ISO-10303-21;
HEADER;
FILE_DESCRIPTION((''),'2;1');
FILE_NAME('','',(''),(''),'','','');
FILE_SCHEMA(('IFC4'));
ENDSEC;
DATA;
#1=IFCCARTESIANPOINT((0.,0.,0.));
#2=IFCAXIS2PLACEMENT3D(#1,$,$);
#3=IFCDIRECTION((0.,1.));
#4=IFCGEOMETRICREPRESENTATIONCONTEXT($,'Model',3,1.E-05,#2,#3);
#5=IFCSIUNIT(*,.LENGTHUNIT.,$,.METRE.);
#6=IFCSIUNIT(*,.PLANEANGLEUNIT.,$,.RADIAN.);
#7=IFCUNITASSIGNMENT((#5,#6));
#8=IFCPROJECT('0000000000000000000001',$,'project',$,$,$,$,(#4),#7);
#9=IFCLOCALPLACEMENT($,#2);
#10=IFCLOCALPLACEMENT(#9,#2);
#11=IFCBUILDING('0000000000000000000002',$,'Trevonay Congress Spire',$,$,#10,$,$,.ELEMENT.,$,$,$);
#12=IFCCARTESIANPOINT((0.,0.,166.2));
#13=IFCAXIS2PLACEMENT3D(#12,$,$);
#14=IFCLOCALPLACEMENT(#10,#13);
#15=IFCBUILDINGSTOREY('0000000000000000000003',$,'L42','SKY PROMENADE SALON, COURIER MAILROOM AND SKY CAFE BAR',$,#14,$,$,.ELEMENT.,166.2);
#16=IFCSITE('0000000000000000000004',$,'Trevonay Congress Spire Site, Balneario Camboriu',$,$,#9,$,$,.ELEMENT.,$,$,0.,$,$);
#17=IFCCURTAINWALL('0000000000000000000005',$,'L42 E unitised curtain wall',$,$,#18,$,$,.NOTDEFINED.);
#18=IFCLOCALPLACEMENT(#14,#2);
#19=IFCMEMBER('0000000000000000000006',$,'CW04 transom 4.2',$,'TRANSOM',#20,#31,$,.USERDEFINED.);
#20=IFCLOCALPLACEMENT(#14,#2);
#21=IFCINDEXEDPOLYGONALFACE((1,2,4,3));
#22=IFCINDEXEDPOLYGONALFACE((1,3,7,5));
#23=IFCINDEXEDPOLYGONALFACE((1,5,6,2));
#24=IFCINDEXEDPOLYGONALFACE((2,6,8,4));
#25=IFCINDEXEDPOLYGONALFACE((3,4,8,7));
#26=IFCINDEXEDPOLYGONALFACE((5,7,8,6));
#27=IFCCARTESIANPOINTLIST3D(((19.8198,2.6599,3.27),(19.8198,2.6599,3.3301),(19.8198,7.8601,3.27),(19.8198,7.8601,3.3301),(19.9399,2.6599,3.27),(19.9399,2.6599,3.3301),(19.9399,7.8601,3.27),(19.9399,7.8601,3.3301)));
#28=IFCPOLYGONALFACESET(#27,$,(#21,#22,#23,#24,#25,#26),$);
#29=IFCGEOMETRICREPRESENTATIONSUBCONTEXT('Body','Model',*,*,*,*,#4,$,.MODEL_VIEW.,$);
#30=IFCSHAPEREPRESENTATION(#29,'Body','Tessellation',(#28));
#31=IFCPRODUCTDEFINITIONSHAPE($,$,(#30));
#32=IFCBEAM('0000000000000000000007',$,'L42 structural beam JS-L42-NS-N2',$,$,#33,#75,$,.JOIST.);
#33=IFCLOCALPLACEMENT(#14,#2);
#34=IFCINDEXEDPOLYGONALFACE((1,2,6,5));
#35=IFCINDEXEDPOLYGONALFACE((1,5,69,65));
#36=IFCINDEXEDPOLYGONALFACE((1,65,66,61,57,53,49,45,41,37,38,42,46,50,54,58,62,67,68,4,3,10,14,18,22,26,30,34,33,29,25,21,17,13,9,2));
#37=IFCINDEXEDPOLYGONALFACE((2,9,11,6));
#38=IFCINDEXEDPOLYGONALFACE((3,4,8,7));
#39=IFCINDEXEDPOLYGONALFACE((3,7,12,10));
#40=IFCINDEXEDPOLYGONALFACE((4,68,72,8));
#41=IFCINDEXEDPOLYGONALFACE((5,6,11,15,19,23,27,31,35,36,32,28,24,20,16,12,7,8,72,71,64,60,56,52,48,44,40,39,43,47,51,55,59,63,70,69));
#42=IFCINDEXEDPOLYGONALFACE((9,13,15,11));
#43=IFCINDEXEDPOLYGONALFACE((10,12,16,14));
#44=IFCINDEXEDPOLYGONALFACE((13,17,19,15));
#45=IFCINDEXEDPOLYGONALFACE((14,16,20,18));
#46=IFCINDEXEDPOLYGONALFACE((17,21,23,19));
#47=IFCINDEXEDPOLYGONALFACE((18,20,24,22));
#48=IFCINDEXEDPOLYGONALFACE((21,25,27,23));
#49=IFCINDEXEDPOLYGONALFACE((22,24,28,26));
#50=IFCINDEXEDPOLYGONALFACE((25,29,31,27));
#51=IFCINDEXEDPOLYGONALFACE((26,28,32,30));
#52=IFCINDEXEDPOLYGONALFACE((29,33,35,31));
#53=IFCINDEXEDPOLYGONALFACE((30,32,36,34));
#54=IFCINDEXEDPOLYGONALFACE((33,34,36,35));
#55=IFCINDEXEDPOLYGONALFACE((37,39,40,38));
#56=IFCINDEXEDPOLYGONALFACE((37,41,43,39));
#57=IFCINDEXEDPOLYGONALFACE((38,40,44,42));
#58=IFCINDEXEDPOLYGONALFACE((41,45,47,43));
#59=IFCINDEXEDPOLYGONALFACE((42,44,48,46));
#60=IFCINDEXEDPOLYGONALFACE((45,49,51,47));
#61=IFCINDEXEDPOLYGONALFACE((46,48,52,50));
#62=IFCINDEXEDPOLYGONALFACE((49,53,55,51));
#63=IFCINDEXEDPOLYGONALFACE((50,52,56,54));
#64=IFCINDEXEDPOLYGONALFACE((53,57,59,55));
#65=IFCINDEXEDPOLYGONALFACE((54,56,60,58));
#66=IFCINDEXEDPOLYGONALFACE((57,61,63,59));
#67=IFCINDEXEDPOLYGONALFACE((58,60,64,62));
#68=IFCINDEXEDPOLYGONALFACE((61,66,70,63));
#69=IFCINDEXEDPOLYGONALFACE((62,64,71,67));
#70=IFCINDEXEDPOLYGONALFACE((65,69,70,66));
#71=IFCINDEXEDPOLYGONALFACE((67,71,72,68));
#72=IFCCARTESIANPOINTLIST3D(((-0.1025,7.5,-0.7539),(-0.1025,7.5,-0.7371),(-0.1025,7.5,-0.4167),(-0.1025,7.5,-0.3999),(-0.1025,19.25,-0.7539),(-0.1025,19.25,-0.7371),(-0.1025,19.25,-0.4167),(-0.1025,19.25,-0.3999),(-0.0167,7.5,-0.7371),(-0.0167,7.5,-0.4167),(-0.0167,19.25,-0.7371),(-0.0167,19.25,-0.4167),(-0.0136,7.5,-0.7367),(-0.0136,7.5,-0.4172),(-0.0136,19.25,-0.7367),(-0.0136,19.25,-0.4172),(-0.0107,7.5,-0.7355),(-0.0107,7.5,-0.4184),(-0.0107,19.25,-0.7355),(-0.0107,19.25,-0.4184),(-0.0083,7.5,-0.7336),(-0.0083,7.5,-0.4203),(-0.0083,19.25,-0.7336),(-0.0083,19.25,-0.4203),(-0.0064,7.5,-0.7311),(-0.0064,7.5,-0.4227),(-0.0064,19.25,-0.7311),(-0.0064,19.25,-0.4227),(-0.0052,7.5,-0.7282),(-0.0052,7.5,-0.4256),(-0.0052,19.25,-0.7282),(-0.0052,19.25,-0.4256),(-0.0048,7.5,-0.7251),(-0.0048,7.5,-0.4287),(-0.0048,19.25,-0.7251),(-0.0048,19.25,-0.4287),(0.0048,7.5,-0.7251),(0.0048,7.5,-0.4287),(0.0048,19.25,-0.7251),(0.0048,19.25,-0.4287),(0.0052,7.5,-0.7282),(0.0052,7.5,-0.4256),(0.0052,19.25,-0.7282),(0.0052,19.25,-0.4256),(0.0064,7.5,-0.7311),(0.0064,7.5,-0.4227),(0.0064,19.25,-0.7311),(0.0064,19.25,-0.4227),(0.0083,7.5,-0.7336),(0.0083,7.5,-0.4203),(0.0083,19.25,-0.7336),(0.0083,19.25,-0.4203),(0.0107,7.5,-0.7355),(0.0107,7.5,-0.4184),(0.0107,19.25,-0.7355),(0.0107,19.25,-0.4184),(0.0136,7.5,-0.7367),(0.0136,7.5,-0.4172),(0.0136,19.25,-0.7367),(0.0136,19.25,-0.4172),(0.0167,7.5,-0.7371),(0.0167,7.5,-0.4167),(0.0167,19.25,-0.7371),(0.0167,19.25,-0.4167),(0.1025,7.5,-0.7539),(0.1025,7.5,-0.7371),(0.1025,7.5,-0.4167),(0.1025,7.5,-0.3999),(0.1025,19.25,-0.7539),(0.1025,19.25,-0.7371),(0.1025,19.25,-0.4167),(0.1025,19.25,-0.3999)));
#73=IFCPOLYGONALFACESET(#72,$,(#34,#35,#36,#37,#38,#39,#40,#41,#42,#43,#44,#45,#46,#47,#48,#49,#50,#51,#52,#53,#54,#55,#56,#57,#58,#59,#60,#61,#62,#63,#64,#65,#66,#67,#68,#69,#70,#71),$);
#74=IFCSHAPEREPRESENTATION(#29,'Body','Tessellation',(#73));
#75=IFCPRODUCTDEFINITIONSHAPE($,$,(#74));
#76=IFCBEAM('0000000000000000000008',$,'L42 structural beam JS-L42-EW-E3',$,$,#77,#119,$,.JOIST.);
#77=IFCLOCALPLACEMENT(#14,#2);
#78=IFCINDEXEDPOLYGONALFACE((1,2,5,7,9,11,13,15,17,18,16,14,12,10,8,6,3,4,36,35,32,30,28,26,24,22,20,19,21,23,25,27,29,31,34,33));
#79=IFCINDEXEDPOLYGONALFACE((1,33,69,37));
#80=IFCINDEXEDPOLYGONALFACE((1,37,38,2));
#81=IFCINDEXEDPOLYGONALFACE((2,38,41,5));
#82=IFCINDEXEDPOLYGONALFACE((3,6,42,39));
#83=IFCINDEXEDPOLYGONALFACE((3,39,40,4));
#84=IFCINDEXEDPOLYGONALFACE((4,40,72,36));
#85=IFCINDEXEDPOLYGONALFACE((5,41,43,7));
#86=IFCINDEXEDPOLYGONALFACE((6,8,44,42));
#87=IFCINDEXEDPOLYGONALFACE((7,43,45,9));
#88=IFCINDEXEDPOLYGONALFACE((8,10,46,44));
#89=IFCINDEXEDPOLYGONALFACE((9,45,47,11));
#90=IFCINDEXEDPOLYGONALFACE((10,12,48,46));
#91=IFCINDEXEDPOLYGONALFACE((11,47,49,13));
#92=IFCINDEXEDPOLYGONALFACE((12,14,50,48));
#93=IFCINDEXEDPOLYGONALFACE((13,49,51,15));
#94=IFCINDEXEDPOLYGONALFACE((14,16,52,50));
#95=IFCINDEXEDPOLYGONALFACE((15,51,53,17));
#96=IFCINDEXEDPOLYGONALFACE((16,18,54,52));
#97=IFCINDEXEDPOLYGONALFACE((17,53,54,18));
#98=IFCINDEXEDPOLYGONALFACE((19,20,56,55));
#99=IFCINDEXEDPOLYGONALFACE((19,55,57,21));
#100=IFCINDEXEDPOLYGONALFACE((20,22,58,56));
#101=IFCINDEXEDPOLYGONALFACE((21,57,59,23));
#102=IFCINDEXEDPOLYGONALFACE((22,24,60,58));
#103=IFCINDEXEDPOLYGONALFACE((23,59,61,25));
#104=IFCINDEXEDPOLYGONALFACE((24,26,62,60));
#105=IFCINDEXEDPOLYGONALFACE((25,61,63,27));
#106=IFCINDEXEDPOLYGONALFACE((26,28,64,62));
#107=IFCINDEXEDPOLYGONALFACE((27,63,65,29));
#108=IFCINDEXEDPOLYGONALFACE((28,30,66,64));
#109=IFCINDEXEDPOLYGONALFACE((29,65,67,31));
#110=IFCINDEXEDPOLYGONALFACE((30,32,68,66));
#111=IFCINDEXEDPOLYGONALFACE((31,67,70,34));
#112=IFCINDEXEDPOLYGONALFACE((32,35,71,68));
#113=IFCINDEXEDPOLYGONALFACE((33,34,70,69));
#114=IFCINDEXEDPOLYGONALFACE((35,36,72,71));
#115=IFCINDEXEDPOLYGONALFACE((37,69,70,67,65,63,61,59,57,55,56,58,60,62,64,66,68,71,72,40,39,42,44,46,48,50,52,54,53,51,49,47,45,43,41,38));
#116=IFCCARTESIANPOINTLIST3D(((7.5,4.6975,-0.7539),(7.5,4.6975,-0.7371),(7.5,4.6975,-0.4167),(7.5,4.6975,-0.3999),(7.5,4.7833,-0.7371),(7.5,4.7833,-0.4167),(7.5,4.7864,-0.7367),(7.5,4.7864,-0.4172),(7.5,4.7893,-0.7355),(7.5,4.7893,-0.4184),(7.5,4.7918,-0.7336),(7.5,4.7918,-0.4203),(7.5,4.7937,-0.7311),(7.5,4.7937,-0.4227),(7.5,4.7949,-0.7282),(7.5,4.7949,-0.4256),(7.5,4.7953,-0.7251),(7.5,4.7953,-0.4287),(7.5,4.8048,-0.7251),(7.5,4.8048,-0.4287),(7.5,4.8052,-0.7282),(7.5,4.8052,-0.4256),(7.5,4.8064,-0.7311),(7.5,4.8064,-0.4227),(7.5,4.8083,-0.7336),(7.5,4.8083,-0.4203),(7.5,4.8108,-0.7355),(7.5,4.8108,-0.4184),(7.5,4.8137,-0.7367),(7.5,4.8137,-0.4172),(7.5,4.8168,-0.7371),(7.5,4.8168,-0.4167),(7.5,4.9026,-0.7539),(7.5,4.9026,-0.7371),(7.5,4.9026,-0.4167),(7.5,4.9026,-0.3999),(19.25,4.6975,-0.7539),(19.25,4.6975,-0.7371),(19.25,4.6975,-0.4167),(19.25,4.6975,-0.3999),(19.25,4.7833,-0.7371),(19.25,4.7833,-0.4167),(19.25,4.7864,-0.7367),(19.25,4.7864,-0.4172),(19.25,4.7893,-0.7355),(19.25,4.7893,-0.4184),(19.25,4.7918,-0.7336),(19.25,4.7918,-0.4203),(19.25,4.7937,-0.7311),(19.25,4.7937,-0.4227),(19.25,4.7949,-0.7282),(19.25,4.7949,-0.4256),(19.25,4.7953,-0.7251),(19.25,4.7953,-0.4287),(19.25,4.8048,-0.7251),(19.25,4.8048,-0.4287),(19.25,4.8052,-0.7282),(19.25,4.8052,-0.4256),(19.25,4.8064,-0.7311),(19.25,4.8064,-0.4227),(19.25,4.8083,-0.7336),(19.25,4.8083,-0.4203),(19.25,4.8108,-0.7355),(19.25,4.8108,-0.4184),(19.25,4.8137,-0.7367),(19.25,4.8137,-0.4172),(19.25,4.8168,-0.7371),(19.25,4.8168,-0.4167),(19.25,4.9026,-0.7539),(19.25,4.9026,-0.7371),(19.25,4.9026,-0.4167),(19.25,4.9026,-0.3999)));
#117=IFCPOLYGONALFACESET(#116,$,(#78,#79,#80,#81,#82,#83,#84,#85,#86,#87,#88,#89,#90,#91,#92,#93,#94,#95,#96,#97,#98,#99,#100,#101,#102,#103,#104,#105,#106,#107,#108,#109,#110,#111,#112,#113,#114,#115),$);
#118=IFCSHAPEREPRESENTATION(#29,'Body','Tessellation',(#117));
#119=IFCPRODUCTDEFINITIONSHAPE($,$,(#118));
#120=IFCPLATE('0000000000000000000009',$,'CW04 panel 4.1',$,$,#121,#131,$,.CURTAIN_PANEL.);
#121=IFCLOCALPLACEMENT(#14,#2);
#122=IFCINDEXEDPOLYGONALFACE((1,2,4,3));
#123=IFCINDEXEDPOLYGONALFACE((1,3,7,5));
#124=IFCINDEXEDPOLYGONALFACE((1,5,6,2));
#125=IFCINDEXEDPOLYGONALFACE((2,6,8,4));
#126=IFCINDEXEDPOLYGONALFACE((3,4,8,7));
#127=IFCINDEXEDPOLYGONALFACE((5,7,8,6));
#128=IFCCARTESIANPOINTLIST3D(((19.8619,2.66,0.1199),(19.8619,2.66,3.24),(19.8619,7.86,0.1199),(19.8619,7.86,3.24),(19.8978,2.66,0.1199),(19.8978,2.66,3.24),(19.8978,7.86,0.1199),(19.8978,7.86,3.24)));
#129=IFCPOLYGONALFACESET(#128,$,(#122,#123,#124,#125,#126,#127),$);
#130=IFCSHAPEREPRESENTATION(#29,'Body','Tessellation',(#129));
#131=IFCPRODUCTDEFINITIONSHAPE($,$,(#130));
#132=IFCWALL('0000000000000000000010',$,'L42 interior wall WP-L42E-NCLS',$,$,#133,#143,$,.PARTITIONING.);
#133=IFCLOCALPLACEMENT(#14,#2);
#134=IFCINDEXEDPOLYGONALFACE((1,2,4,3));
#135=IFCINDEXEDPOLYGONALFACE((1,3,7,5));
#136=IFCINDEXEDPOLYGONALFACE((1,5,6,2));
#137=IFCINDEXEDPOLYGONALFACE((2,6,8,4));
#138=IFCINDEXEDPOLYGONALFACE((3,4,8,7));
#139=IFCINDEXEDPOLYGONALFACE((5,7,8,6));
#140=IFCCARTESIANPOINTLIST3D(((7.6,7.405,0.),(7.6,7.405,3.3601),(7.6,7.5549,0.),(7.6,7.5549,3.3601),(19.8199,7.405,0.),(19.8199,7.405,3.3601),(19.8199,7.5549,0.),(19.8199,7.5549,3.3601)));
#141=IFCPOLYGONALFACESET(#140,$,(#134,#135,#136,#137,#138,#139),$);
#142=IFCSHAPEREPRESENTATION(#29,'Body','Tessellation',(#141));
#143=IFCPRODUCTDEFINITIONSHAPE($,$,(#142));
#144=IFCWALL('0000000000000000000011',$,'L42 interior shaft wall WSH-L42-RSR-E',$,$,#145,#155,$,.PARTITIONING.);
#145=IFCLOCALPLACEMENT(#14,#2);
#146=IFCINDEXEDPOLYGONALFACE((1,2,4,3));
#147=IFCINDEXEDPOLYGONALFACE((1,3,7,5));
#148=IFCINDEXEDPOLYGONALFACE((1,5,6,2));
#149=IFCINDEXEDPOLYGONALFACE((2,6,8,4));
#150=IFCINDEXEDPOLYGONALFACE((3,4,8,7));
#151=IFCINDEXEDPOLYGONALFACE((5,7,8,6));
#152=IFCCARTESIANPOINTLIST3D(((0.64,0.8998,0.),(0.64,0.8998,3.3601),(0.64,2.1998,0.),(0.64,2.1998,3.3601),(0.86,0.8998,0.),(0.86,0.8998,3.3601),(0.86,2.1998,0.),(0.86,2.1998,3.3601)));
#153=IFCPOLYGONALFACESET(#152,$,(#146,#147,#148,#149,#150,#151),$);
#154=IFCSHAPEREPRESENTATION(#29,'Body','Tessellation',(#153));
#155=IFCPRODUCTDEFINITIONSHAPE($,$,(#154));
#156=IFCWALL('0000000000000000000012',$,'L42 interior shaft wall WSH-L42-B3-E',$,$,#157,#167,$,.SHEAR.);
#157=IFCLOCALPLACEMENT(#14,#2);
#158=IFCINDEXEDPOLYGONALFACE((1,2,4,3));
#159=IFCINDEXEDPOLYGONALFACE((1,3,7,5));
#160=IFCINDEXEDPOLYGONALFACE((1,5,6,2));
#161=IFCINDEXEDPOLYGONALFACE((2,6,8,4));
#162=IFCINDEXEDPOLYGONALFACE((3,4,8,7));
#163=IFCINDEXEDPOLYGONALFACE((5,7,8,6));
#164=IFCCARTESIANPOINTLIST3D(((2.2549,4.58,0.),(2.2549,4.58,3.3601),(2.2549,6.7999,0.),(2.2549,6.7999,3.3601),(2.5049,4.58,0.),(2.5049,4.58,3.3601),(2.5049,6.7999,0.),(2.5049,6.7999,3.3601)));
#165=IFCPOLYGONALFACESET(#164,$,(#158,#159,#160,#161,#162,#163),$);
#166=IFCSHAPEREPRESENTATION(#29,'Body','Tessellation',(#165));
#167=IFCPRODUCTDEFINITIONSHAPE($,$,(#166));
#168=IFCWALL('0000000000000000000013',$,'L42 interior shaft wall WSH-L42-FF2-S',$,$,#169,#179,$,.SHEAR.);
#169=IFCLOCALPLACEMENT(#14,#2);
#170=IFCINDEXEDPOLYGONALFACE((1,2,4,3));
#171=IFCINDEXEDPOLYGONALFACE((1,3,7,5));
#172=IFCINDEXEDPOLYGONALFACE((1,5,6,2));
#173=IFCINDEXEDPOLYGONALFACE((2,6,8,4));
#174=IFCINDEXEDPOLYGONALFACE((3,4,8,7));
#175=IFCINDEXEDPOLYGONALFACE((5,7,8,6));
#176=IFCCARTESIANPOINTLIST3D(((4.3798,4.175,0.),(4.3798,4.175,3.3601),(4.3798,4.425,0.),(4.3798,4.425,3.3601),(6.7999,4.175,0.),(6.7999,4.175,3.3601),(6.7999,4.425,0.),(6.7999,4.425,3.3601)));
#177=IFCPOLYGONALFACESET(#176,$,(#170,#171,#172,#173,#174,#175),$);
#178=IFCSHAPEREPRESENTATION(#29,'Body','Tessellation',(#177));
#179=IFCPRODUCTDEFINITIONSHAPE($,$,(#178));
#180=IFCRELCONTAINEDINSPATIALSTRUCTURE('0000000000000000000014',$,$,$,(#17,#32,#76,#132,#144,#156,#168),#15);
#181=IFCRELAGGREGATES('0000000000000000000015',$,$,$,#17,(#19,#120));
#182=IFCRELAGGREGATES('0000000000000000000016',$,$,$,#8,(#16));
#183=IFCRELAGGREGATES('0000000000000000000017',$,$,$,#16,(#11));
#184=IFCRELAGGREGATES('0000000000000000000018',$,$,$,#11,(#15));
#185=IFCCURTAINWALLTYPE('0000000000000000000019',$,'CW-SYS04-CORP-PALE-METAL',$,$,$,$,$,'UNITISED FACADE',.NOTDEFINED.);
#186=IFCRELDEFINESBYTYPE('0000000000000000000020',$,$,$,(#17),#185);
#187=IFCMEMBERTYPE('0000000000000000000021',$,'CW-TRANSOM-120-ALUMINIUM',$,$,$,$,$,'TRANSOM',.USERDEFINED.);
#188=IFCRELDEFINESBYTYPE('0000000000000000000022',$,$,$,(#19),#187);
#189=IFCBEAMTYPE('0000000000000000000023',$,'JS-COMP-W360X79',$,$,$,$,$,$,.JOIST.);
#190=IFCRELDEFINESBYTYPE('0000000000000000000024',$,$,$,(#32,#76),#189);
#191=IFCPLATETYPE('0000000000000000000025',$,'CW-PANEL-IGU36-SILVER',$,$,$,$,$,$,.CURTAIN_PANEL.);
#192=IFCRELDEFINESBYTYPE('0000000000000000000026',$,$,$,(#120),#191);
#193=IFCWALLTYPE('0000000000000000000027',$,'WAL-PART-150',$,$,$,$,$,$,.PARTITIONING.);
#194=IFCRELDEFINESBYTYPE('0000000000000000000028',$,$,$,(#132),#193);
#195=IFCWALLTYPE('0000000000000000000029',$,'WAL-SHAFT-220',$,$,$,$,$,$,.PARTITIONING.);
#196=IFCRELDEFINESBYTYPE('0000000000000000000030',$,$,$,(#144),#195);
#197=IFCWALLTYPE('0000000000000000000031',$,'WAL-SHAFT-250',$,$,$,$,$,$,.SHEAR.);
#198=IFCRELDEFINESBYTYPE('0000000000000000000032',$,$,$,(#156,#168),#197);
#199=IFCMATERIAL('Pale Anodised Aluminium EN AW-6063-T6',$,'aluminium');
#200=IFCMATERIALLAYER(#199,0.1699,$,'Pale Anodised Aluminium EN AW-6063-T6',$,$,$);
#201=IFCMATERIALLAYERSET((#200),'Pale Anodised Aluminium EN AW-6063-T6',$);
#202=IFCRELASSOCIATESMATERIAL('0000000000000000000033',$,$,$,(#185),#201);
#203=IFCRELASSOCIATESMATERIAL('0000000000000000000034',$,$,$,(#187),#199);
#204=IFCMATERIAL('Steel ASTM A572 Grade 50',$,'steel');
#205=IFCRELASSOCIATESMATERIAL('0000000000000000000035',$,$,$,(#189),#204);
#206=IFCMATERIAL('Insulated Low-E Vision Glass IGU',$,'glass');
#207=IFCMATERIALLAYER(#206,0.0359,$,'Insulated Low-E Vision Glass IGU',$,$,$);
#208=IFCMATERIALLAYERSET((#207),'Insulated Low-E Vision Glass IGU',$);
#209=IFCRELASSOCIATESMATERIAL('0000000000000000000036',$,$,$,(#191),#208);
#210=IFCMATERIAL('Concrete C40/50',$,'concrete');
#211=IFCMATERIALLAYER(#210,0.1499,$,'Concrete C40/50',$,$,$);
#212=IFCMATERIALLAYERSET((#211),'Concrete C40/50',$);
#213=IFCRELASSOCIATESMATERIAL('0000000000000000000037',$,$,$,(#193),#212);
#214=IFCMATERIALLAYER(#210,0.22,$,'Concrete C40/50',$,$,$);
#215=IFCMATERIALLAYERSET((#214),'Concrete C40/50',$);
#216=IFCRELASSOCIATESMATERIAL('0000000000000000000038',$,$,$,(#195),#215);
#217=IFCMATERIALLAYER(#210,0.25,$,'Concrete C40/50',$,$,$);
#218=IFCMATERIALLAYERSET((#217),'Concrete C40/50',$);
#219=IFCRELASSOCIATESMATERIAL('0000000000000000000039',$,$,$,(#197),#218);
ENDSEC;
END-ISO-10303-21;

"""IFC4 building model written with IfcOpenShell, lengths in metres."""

from ifc_helpers import new_model, si_unit, direction, frame, frame_2d, origin, origin_2d, place, context, subcontext, project, spatial, rectangle, i_section, extrude, material, layer, layer_set, material_profile, profile_set, type_object, element, aggregate, save


model = new_model("IFC4")

# Units and contexts
model_context = context("Model", 3, precision=1e-05, world=origin(), true_north=direction((0.0, 1.0)))
body_context = subcontext(model_context, "Body", "Model", "MODEL_VIEW")
ifc_project = project(units=[si_unit("LENGTHUNIT", "METRE"), si_unit("PLANEANGLEUNIT", "RADIAN")], contexts=[model_context])

# Site, building, storey
site_placement = place(None, origin())
site = spatial("IfcSite", under=ifc_project, at=site_placement, Name="Trevonay Congress Spire Site, Balneario Camboriu", CompositionType="ELEMENT", RefElevation=0.0)
building_placement = place(site_placement, origin())
building = spatial("IfcBuilding", under=site, at=building_placement, Name="Trevonay Congress Spire", CompositionType="ELEMENT")
storey_placement = place(building_placement, frame((0.0, 0.0, 166.2)))
storey = spatial("IfcBuildingStorey", under=building, at=storey_placement, Name="L42", Description="SKY PROMENADE SALON, COURIER MAILROOM AND SKY CAFE BAR", CompositionType="ELEMENT", Elevation=166.2)

# Shared definitions
ifc_material_1 = material(Name="Steel ASTM A572 Grade 50", Category="steel")

# Curtain wall, member
ifc_material_2 = material(Name="Pale Anodised Aluminium EN AW-6063-T6", Category="aluminium")
ifc_layer_1 = layer(ifc_material_2, 0.1699, Name="Pale Anodised Aluminium EN AW-6063-T6")
ifc_layer_set_1 = layer_set([ifc_layer_1], Name="Pale Anodised Aluminium EN AW-6063-T6")
curtain_wall_type = type_object("IfcCurtainWallType", Name="CW-SYS04-CORP-PALE-METAL", ElementType="UNITISED FACADE", PredefinedType="NOTDEFINED", material=ifc_layer_set_1)
curtain_wall_placement = place(storey_placement, origin())
curtain_wall = element("IfcCurtainWall", 1, at=curtain_wall_placement, inside=storey, type_object=curtain_wall_type, Name="L42 E unitised curtain wall", PredefinedType="NOTDEFINED")
ifc_material_profile_1 = material_profile(ifc_material_2, rectangle(XDim=0.1201, YDim=0.0601, at=origin_2d()), Name="CW-TRANSOM-120-ALUMINIUM")
ifc_profile_set_1 = profile_set([ifc_material_profile_1], Name="Pale Anodised Aluminium EN AW-6063-T6")
member_type_1 = type_object("IfcMemberType", Name="CW-TRANSOM-120-ALUMINIUM", ElementType="TRANSOM", PredefinedType="USERDEFINED", material=ifc_profile_set_1)
member_1_placement = place(storey_placement, frame((19.8799, 2.6599, 3.3), z_axis=(0.0, 1.0, 0.0), x_axis=(-1.0, 0.0, 0.0)))
member_1 = element("IfcMember", 2, at=member_1_placement, type_object=member_type_1, Name="CW04 transom 4.2", ObjectType="TRANSOM", PredefinedType="USERDEFINED", context=body_context, shape_type="SweptSolid", body=[
    extrude(rectangle(XDim=0.1201, YDim=0.0601, at=origin_2d()), origin(), (0.0, 0.0, 1.0), 5.2002),
])

# Beams
ifc_material_profile_2 = material_profile(ifc_material_1, i_section(OverallWidth=0.2051, OverallDepth=0.354, WebThickness=0.0095, FlangeThickness=0.0168, FilletRadius=0.012, at=origin_2d()), Name="W360x79")
ifc_profile_set_2 = profile_set([ifc_material_profile_2], Name="Steel ASTM A572 Grade 50")
beam_type_1 = type_object("IfcBeamType", Name="JS-COMP-W360X79", PredefinedType="JOIST", material=ifc_profile_set_2)
for number, where, z_axis, x_axis, name in (
    (3, (0.0, 7.5, -0.5769), (0.0, 1.0, 0.0), (-1.0, 0.0, 0.0), "L42 structural beam JS-L42-NS-N2"),
    (4, (7.5, 4.8, -0.5769), (1.0, 0.0, 0.0), (0.0, 1.0, 0.0), "L42 structural beam JS-L42-EW-E3"),
):
    element("IfcBeam", number, at=place(storey_placement, frame(where, z_axis=z_axis, x_axis=x_axis)), inside=storey, type_object=beam_type_1, Name=name, PredefinedType="JOIST", context=body_context, shape_type="SweptSolid", body=[
        extrude(i_section(OverallWidth=0.2051, OverallDepth=0.354, WebThickness=0.0095, FlangeThickness=0.0168, FilletRadius=0.012, at=origin_2d()), origin(), (0.0, 0.0, 1.0), 11.75),
    ])

# Plate
ifc_material_3 = material(Name="Insulated Low-E Vision Glass IGU", Category="glass")
ifc_layer_2 = layer(ifc_material_3, 0.0359, Name="Insulated Low-E Vision Glass IGU")
ifc_layer_set_2 = layer_set([ifc_layer_2], Name="Insulated Low-E Vision Glass IGU")
plate_type = type_object("IfcPlateType", Name="CW-PANEL-IGU36-SILVER", PredefinedType="CURTAIN_PANEL", material=ifc_layer_set_2)
plate_placement = place(storey_placement, frame((19.8799, 5.26, 0.1199), z_axis=(0.0, 0.0, 1.0), x_axis=(0.0, 1.0, 0.0)))
plate = element("IfcPlate", 5, at=plate_placement, type_object=plate_type, Name="CW04 panel 4.1", PredefinedType="CURTAIN_PANEL", context=body_context, shape_type="SweptSolid", body=[
    extrude(rectangle(XDim=5.2, YDim=0.0359, at=origin_2d()), origin(), (0.0, 0.0, 1.0), 3.1201),
])
aggregate(curtain_wall, [member_1, plate])

# Walls
ifc_material_4 = material(Name="Concrete C40/50", Category="concrete")
ifc_layer_3 = layer(ifc_material_4, 0.1499, Name="Concrete C40/50")
ifc_layer_set_3 = layer_set([ifc_layer_3], Name="Concrete C40/50")
wall_type_1 = type_object("IfcWallType", Name="WAL-PART-150", PredefinedType="PARTITIONING", material=ifc_layer_set_3)
wall_1_placement = place(storey_placement, frame((7.6001, 7.48, 0.0), z_axis=(0.0, 0.0, 1.0), x_axis=(1.0, 0.0, 0.0)))
element("IfcWall", 6, at=wall_1_placement, inside=storey, type_object=wall_type_1, Name="L42 interior wall WP-L42E-NCLS", PredefinedType="PARTITIONING", context=body_context, shape_type="SweptSolid", body=[
    extrude(rectangle(XDim=12.22, YDim=0.1499, at=frame_2d((6.1099, 0.0))), origin(), (0.0, 0.0, 1.0), 3.3601),
])
ifc_layer_4 = layer(ifc_material_4, 0.22, Name="Concrete C40/50")
ifc_layer_set_4 = layer_set([ifc_layer_4], Name="Concrete C40/50")
wall_type_2 = type_object("IfcWallType", Name="WAL-SHAFT-220", PredefinedType="PARTITIONING", material=ifc_layer_set_4)
wall_2_placement = place(storey_placement, frame((0.75, 0.8999, 0.0), z_axis=(0.0, 0.0, 1.0), x_axis=(0.0, 1.0, 0.0)))
element("IfcWall", 7, at=wall_2_placement, inside=storey, type_object=wall_type_2, Name="L42 interior shaft wall WSH-L42-RSR-E", PredefinedType="PARTITIONING", context=body_context, shape_type="SweptSolid", body=[
    extrude(rectangle(XDim=1.3, YDim=0.22, at=frame_2d((0.6499, 0.0))), origin(), (0.0, 0.0, 1.0), 3.3601),
])
ifc_layer_5 = layer(ifc_material_4, 0.25, Name="Concrete C40/50")
ifc_layer_set_5 = layer_set([ifc_layer_5], Name="Concrete C40/50")
wall_type_3 = type_object("IfcWallType", Name="WAL-SHAFT-250", PredefinedType="SHEAR", material=ifc_layer_set_5)
wall_3_placement = place(storey_placement, frame((2.3799, 4.5801, 0.0), z_axis=(0.0, 0.0, 1.0), x_axis=(0.0, 1.0, 0.0)))
element("IfcWall", 8, at=wall_3_placement, inside=storey, type_object=wall_type_3, Name="L42 interior shaft wall WSH-L42-B3-E", PredefinedType="SHEAR", context=body_context, shape_type="SweptSolid", body=[
    extrude(rectangle(XDim=2.22, YDim=0.25, at=frame_2d((1.1099, 0.0))), origin(), (0.0, 0.0, 1.0), 3.3601),
])
wall_4_placement = place(storey_placement, frame((4.3799, 4.3, 0.0), z_axis=(0.0, 0.0, 1.0), x_axis=(1.0, 0.0, 0.0)))
element("IfcWall", 9, at=wall_4_placement, inside=storey, type_object=wall_type_3, Name="L42 interior shaft wall WSH-L42-FF2-S", PredefinedType="SHEAR", context=body_context, shape_type="SweptSolid", body=[
    extrude(rectangle(XDim=2.4202, YDim=0.25, at=frame_2d((1.21, 0.0))), origin(), (0.0, 0.0, 1.0), 3.3601),
])

save(model, "model.ifc")
